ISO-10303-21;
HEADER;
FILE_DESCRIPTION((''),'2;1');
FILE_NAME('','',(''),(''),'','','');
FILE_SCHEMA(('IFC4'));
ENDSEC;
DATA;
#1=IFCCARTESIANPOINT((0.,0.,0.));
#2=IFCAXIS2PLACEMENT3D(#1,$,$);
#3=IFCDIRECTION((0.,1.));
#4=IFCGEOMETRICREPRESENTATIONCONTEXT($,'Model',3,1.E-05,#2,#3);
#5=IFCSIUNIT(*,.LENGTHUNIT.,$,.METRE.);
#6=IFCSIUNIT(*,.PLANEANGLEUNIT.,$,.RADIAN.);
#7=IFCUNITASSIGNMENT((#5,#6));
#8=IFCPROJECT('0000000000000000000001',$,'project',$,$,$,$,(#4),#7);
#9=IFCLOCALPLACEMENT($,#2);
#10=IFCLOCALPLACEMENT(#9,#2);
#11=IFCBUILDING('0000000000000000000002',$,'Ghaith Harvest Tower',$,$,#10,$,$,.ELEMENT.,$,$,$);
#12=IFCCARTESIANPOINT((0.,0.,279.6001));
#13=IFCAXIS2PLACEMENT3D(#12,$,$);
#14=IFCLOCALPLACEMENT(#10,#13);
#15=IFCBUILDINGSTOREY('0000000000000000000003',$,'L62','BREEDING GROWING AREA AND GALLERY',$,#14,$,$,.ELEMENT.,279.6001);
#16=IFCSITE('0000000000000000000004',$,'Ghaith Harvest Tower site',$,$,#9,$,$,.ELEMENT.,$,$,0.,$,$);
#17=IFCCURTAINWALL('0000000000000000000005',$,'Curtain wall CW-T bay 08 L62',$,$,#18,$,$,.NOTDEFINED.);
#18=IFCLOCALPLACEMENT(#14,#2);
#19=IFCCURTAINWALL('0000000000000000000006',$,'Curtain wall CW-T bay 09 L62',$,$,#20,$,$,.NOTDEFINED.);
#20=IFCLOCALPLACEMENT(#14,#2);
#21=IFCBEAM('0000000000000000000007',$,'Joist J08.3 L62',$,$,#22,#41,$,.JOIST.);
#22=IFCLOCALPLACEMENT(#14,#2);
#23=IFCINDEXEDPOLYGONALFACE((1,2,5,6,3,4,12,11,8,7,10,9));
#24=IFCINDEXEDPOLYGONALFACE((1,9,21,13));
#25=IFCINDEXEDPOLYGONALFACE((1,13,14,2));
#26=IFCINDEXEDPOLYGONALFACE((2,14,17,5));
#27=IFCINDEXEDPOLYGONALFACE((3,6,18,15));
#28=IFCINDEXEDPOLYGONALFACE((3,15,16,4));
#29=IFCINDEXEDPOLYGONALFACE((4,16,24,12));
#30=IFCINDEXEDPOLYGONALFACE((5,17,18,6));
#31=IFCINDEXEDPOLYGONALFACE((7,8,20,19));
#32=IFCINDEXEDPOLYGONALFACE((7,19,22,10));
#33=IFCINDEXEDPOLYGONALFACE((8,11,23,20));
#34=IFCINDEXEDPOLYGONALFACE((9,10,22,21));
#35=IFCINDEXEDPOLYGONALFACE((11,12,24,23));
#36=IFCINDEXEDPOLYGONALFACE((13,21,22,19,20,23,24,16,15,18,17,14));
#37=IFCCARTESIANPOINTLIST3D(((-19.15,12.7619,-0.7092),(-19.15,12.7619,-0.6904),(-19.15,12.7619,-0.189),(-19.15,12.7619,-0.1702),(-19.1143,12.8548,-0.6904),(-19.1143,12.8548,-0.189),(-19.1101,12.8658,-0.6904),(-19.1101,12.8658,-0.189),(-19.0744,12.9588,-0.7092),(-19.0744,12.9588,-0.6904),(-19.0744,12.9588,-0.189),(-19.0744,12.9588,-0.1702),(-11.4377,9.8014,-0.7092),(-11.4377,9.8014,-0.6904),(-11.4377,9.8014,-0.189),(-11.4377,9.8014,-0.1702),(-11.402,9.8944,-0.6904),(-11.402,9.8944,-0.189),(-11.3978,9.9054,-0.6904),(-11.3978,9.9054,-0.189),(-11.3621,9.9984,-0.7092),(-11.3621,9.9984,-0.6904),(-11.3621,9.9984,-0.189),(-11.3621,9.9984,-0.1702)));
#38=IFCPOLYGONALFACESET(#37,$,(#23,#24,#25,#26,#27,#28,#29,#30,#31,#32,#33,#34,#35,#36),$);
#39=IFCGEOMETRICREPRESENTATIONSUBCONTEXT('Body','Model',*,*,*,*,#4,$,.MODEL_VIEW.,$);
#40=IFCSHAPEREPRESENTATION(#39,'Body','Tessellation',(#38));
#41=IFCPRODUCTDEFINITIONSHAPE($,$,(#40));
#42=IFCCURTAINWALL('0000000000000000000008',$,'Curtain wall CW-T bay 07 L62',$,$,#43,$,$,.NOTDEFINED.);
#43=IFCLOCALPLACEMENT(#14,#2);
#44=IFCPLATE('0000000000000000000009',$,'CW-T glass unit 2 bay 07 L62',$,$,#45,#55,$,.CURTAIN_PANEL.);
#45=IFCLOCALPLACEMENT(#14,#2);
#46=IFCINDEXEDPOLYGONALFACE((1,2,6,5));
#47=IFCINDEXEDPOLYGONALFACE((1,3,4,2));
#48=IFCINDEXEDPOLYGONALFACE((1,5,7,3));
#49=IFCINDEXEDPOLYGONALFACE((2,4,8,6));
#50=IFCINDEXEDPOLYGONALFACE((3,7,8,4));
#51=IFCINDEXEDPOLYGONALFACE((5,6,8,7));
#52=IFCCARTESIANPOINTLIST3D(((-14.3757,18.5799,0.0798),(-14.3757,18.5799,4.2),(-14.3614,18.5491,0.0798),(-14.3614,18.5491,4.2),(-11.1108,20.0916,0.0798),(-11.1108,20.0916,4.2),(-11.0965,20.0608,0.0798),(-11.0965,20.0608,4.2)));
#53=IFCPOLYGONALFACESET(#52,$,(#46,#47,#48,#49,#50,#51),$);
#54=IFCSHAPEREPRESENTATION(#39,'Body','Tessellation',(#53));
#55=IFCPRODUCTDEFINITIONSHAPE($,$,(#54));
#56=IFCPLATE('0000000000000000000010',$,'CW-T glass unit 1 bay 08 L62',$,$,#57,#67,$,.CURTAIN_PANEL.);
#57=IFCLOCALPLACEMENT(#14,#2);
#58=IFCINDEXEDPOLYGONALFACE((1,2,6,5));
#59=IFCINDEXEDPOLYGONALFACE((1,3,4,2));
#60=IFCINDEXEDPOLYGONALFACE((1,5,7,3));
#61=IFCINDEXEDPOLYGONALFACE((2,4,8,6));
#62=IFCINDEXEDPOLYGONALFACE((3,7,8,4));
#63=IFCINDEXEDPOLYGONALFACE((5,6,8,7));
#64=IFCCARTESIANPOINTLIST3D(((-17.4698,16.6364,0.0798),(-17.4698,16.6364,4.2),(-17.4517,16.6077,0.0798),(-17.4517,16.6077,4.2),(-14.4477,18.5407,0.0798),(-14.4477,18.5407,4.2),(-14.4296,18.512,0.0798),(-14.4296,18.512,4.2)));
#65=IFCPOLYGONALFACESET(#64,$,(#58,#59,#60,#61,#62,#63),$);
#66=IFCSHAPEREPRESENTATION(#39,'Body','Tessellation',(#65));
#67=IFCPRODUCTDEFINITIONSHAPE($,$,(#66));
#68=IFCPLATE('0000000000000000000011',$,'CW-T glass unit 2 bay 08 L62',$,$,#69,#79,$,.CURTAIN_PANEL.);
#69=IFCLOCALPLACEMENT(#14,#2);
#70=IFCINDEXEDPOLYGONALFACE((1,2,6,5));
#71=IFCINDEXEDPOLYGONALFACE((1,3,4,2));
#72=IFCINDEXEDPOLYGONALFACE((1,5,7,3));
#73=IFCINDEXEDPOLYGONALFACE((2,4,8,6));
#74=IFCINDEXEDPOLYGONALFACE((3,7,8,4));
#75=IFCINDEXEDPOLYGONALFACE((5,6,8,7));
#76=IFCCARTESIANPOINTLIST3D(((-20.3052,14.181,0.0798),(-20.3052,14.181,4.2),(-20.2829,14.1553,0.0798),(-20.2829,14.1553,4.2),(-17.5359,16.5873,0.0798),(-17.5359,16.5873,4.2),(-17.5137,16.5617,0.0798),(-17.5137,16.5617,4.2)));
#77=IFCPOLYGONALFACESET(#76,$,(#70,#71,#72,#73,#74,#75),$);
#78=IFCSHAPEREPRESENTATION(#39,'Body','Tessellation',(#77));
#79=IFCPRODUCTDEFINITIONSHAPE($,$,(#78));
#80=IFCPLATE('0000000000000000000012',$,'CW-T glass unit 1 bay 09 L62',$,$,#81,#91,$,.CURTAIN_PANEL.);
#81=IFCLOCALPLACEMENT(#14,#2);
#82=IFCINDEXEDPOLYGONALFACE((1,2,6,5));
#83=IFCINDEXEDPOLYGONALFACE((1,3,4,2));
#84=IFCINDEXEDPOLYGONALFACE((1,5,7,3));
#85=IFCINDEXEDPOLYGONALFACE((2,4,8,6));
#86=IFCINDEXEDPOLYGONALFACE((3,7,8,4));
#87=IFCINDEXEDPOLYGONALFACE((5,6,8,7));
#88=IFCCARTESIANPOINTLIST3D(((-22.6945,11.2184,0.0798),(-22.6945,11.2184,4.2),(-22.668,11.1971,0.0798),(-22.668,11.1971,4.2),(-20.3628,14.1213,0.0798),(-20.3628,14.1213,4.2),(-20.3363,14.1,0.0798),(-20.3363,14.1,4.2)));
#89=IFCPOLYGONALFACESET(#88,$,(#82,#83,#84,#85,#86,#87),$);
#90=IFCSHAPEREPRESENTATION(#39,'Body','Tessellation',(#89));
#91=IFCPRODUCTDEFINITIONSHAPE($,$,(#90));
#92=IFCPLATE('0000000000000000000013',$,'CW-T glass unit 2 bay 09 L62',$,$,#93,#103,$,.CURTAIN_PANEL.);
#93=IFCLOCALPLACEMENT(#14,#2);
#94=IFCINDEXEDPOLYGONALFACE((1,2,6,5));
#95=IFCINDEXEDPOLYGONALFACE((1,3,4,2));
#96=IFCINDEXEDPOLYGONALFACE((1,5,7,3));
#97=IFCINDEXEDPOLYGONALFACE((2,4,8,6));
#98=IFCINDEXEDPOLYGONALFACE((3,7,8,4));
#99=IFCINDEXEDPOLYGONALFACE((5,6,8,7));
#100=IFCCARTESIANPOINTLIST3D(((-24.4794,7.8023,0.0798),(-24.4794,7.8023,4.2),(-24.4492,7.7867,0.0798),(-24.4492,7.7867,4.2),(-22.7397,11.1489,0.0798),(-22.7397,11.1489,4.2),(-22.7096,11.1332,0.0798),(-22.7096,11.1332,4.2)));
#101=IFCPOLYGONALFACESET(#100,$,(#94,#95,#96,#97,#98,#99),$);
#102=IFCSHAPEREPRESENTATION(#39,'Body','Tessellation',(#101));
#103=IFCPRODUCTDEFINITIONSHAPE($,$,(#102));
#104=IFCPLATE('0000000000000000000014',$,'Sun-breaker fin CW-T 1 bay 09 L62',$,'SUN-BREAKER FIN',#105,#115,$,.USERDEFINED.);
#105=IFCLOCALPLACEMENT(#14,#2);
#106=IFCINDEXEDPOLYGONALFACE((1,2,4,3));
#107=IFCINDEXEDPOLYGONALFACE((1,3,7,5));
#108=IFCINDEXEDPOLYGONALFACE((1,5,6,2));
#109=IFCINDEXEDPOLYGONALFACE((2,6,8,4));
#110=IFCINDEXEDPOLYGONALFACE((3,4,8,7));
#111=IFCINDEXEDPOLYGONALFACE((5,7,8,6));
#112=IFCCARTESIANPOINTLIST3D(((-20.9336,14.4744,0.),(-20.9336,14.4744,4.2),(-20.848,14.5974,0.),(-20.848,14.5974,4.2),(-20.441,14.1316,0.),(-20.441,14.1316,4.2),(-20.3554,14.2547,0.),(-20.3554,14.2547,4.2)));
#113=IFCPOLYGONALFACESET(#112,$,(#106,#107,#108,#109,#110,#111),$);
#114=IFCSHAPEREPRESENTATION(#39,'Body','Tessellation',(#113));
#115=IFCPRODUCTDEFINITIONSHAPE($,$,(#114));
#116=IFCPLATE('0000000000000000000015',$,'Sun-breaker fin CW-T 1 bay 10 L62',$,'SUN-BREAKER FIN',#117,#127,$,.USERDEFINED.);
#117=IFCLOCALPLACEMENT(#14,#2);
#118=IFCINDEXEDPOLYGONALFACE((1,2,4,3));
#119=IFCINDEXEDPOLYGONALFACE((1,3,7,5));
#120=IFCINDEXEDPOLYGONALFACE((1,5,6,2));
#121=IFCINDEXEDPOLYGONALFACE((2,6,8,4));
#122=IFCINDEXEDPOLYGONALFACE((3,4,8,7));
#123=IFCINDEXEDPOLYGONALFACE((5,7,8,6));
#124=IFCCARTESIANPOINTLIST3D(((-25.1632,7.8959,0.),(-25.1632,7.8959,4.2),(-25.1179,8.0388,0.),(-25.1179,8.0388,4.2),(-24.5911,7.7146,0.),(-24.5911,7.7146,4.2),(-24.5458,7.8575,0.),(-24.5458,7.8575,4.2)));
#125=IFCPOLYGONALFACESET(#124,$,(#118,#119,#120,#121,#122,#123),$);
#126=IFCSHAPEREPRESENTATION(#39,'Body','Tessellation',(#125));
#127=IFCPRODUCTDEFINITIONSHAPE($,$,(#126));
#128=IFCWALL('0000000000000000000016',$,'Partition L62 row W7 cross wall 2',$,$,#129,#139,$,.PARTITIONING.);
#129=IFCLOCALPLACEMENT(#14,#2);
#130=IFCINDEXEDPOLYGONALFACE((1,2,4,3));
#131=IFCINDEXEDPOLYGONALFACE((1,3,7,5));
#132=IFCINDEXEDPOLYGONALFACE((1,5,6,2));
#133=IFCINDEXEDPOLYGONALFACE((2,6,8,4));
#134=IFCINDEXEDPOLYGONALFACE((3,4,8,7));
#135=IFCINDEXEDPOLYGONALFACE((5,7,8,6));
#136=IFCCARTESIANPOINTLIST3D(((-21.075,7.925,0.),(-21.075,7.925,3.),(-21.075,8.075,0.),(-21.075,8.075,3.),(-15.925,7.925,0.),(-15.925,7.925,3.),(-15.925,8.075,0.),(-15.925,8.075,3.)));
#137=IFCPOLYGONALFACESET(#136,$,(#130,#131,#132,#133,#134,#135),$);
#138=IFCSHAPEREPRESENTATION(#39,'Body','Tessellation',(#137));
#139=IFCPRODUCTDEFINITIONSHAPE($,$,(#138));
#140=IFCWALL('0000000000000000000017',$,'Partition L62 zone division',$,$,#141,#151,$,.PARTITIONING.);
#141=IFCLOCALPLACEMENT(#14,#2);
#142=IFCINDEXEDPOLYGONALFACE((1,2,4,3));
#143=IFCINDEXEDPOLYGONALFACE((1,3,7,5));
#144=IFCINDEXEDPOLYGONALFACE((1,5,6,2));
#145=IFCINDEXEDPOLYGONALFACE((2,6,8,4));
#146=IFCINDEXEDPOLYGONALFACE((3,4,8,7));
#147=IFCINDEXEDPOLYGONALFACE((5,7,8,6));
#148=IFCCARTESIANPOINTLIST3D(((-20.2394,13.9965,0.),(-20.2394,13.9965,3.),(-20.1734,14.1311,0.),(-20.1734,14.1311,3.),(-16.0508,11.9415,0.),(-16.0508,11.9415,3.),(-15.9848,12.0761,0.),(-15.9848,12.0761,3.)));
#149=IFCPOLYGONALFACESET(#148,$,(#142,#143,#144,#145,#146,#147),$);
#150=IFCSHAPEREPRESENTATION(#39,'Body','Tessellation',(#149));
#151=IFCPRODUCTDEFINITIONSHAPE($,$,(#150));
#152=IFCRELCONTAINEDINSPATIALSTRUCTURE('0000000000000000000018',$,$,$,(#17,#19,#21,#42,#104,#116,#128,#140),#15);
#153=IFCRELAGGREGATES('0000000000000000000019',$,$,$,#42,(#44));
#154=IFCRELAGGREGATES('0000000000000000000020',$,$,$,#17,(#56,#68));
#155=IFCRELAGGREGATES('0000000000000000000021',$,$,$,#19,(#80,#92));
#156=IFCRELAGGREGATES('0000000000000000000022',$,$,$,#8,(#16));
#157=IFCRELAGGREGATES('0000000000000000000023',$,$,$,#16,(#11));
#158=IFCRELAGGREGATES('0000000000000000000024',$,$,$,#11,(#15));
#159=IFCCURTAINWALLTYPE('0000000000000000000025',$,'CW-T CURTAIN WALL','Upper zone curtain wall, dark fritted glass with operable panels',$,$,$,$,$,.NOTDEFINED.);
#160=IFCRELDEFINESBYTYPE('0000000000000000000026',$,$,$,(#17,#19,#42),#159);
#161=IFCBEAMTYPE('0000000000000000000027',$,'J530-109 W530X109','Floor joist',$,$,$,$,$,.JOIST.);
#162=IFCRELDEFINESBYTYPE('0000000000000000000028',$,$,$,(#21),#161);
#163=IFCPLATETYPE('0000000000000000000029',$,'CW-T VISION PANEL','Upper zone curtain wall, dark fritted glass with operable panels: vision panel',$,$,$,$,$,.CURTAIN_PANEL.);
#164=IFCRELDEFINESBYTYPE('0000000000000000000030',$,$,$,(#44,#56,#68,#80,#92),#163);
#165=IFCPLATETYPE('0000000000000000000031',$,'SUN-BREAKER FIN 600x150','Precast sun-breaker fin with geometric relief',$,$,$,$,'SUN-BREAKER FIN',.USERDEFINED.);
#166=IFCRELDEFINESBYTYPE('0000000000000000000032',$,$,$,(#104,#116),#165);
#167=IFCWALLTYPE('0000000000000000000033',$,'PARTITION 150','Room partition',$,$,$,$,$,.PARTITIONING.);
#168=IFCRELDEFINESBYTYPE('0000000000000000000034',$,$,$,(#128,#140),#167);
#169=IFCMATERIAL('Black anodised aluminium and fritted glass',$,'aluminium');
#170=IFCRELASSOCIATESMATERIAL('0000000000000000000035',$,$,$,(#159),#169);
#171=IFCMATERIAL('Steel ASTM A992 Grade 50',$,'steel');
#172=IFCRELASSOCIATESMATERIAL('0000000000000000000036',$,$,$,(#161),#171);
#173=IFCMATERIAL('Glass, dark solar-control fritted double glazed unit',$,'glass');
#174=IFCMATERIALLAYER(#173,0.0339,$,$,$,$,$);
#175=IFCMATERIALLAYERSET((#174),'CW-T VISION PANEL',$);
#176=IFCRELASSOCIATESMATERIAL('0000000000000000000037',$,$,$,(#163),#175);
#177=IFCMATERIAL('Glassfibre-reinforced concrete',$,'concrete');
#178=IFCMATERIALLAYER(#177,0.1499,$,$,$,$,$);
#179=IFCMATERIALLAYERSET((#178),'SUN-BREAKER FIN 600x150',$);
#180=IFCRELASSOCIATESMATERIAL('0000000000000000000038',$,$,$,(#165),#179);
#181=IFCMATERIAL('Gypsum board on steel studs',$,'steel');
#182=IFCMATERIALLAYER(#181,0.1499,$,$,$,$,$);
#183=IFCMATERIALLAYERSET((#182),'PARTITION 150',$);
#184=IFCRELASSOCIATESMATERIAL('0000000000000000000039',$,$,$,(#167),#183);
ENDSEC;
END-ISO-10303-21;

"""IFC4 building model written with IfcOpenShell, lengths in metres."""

from ifc_helpers import new_model, si_unit, direction, frame, frame_2d, origin, origin_2d, place, context, subcontext, project, spatial, rectangle, i_section, extrude, material, layer, layer_set, material_profile, profile_set, type_object, element, aggregate, save


model = new_model("IFC4")

# Units and contexts
model_context = context("Model", 3, precision=1e-05, world=origin(), true_north=direction((0.0, 1.0)))
body_context = subcontext(model_context, "Body", "Model", "MODEL_VIEW")
ifc_project = project(units=[si_unit("LENGTHUNIT", "METRE"), si_unit("PLANEANGLEUNIT", "RADIAN")], contexts=[model_context])

# Site, building, storey
site_placement = place(None, origin())
site = spatial("IfcSite", under=ifc_project, at=site_placement, Name="Ghaith Harvest Tower site", CompositionType="ELEMENT", RefElevation=0.0)
building_placement = place(site_placement, origin())
building = spatial("IfcBuilding", under=site, at=building_placement, Name="Ghaith Harvest Tower", CompositionType="ELEMENT")
storey_placement = place(building_placement, frame((0.0, 0.0, 279.6001)))
storey = spatial("IfcBuildingStorey", under=building, at=storey_placement, Name="L62", Description="BREEDING GROWING AREA AND GALLERY", CompositionType="ELEMENT", Elevation=279.6001)

# Curtain walls
ifc_material_1 = material(Name="Black anodised aluminium and fritted glass", Category="aluminium")
curtain_wall_type = type_object("IfcCurtainWallType", Name="CW-T CURTAIN WALL", Description="Upper zone curtain wall, dark fritted glass with operable panels", PredefinedType="NOTDEFINED", material=ifc_material_1)
curtain_wall_1_placement = place(storey_placement, origin())
curtain_wall_1 = element("IfcCurtainWall", 1, at=curtain_wall_1_placement, inside=storey, type_object=curtain_wall_type, Name="Curtain wall CW-T bay 08 L62", PredefinedType="NOTDEFINED")
curtain_wall_2_placement = place(storey_placement, origin())
curtain_wall_2 = element("IfcCurtainWall", 2, at=curtain_wall_2_placement, inside=storey, type_object=curtain_wall_type, Name="Curtain wall CW-T bay 09 L62", PredefinedType="NOTDEFINED")

# Beam
ifc_material_2 = material(Name="Steel ASTM A992 Grade 50", Category="steel")
ifc_material_profile_1 = material_profile(ifc_material_2, i_section(OverallWidth=0.2109, OverallDepth=0.5391, WebThickness=0.0117, FlangeThickness=0.0188, at=origin_2d()), Name="W530X109")
ifc_profile_set_1 = profile_set([ifc_material_profile_1], Name="Steel ASTM A992 Grade 50")
beam_type_1 = type_object("IfcBeamType", Name="J530-109 W530X109", Description="Floor joist", PredefinedType="JOIST", material=ifc_profile_set_1)
beam_1_placement = place(storey_placement, frame((-11.3999, 9.8999, -0.4397), z_axis=(-0.933583, 0.358361, 0.0), x_axis=(-0.358361, -0.933583, 0.0)))
element("IfcBeam", 3, at=beam_1_placement, inside=storey, type_object=beam_type_1, Name="Joist J08.3 L62", PredefinedType="JOIST", context=body_context, shape_type="SweptSolid", body=[
    extrude(i_section(OverallWidth=0.2109, OverallDepth=0.5391, WebThickness=0.0117, FlangeThickness=0.0188, at=origin_2d()), origin(), (0.0, 0.0, 1.0), 8.261),
])

# Curtain wall, plate
curtain_wall_3_placement = place(storey_placement, origin())
curtain_wall_3 = element("IfcCurtainWall", 4, at=curtain_wall_3_placement, inside=storey, type_object=curtain_wall_type, Name="Curtain wall CW-T bay 07 L62", PredefinedType="NOTDEFINED")
ifc_material_3 = material(Name="Glass, dark solar-control fritted double glazed unit", Category="glass")
ifc_layer_1 = layer(ifc_material_3, 0.0339)
ifc_layer_set_1 = layer_set([ifc_layer_1], Name="CW-T VISION PANEL")
plate_type_1 = type_object("IfcPlateType", Name="CW-T VISION PANEL", Description="Upper zone curtain wall, dark fritted glass with operable panels: vision panel", PredefinedType="CURTAIN_PANEL", material=ifc_layer_set_1)
plate_1_placement = place(storey_placement, frame((-12.7361, 19.3203, 0.0798), z_axis=(0.0, 0.0, 1.0), x_axis=(-0.90745, -0.42016, 0.0)))
plate_1 = element("IfcPlate", 5, at=plate_1_placement, type_object=plate_type_1, Name="CW-T glass unit 2 bay 07 L62", PredefinedType="CURTAIN_PANEL", context=body_context, shape_type="SweptSolid", body=[
    extrude(rectangle(XDim=3.5979, YDim=0.0339, at=origin_2d()), origin(), (0.0, 0.0, 1.0), 4.1201),
])
aggregate(curtain_wall_3, [plate_1])

# Plates
plate_2_placement = place(storey_placement, frame((-15.9497, 17.5742, 0.0798), z_axis=(0.0, 0.0, 1.0), x_axis=(-0.846043, -0.533114, 0.0)))
plate_2 = element("IfcPlate", 6, at=plate_2_placement, type_object=plate_type_1, Name="CW-T glass unit 1 bay 08 L62", PredefinedType="CURTAIN_PANEL", context=body_context, shape_type="SweptSolid", body=[
    extrude(rectangle(XDim=3.572, YDim=0.0339, at=origin_2d()), origin(), (0.0, 0.0, 1.0), 4.1201),
])
plate_3_placement = place(storey_placement, frame((-18.9094, 15.3713, 0.0798), z_axis=(0.0, 0.0, 1.0), x_axis=(-0.754829, -0.655922, 0.0)))
plate_3 = element("IfcPlate", 7, at=plate_3_placement, type_object=plate_type_1, Name="CW-T glass unit 2 bay 08 L62", PredefinedType="CURTAIN_PANEL", context=body_context, shape_type="SweptSolid", body=[
    extrude(rectangle(XDim=3.6687, YDim=0.0339, at=origin_2d()), origin(), (0.0, 0.0, 1.0), 4.1201),
])
aggregate(curtain_wall_1, [plate_2, plate_3])
plate_4_placement = place(storey_placement, frame((-21.5154, 12.6592, 0.0798), z_axis=(0.0, 0.0, 1.0), x_axis=(-0.62623, -0.779639, 0.0)))
plate_4 = element("IfcPlate", 8, at=plate_4_placement, type_object=plate_type_1, Name="CW-T glass unit 1 bay 09 L62", PredefinedType="CURTAIN_PANEL", context=body_context, shape_type="SweptSolid", body=[
    extrude(rectangle(XDim=3.7234, YDim=0.0339, at=origin_2d()), origin(), (0.0, 0.0, 1.0), 4.1201),
])
plate_5_placement = place(storey_placement, frame((-23.5945, 9.4678, 0.0798), z_axis=(0.0, 0.0, 1.0), x_axis=(-0.46123, -0.887281, 0.0)))
plate_5 = element("IfcPlate", 9, at=plate_5_placement, type_object=plate_type_1, Name="CW-T glass unit 2 bay 09 L62", PredefinedType="CURTAIN_PANEL", context=body_context, shape_type="SweptSolid", body=[
    extrude(rectangle(XDim=3.7717, YDim=0.0339, at=origin_2d()), origin(), (0.0, 0.0, 1.0), 4.1201),
])
aggregate(curtain_wall_2, [plate_4, plate_5])

# Plates
ifc_material_4 = material(Name="Glassfibre-reinforced concrete", Category="concrete")
ifc_layer_2 = layer(ifc_material_4, 0.1499)
ifc_layer_set_2 = layer_set([ifc_layer_2], Name="SUN-BREAKER FIN 600x150")
plate_type_2 = type_object("IfcPlateType", Name="SUN-BREAKER FIN 600x150", Description="Precast sun-breaker fin with geometric relief", ElementType="SUN-BREAKER FIN", PredefinedType="USERDEFINED", material=ifc_layer_set_2)
for number, where, z_axis, x_axis, name in (
    (10, (-20.6445, 14.3645, 0.0), (0.0, 0.0, 1.0), (-0.820845, 0.57115, 0.0), "Sun-breaker fin CW-T 1 bay 09 L62"),
    (11, (-24.8545, 7.8767, 0.0), (0.0, 0.0, 1.0), (-0.953273, 0.30211, 0.0), "Sun-breaker fin CW-T 1 bay 10 L62"),
):
    element("IfcPlate", number, at=place(storey_placement, frame(where, z_axis=z_axis, x_axis=x_axis)), inside=storey, type_object=plate_type_2, Name=name, ObjectType="SUN-BREAKER FIN", PredefinedType="USERDEFINED", context=body_context, shape_type="SweptSolid", body=[
        extrude(rectangle(XDim=0.6001, YDim=0.1499, at=origin_2d()), origin(), (0.0, 0.0, 1.0), 4.2),
    ])

# Walls
ifc_material_5 = material(Name="Gypsum board on steel studs", Category="steel")
ifc_layer_3 = layer(ifc_material_5, 0.1499)
ifc_layer_set_3 = layer_set([ifc_layer_3], Name="PARTITION 150")
wall_type_1 = type_object("IfcWallType", Name="PARTITION 150", Description="Room partition", PredefinedType="PARTITIONING", material=ifc_layer_set_3)
wall_1_placement = place(storey_placement, frame((-15.925, 8.0, 0.0), z_axis=(0.0, 0.0, 1.0), x_axis=(-1.0, 0.0, 0.0)))
element("IfcWall", 12, at=wall_1_placement, inside=storey, type_object=wall_type_1, Name="Partition L62 row W7 cross wall 2", PredefinedType="PARTITIONING", context=body_context, shape_type="SweptSolid", body=[
    extrude(rectangle(XDim=5.1499, YDim=0.1499, at=frame_2d((2.575, 0.0))), origin(), (0.0, 0.0, 1.0), 3.0),
])
wall_2_placement = place(storey_placement, frame((-16.0178, 12.0088, 0.0), z_axis=(0.0, 0.0, 1.0), x_axis=(-0.897772, 0.440461, 0.0)))
element("IfcWall", 13, at=wall_2_placement, inside=storey, type_object=wall_type_1, Name="Partition L62 zone division", PredefinedType="PARTITIONING", context=body_context, shape_type="SweptSolid", body=[
    extrude(rectangle(XDim=4.6655, YDim=0.1499, at=frame_2d((2.3328, 0.0))), origin(), (0.0, 0.0, 1.0), 3.0),
])

save(model, "model.ifc")
